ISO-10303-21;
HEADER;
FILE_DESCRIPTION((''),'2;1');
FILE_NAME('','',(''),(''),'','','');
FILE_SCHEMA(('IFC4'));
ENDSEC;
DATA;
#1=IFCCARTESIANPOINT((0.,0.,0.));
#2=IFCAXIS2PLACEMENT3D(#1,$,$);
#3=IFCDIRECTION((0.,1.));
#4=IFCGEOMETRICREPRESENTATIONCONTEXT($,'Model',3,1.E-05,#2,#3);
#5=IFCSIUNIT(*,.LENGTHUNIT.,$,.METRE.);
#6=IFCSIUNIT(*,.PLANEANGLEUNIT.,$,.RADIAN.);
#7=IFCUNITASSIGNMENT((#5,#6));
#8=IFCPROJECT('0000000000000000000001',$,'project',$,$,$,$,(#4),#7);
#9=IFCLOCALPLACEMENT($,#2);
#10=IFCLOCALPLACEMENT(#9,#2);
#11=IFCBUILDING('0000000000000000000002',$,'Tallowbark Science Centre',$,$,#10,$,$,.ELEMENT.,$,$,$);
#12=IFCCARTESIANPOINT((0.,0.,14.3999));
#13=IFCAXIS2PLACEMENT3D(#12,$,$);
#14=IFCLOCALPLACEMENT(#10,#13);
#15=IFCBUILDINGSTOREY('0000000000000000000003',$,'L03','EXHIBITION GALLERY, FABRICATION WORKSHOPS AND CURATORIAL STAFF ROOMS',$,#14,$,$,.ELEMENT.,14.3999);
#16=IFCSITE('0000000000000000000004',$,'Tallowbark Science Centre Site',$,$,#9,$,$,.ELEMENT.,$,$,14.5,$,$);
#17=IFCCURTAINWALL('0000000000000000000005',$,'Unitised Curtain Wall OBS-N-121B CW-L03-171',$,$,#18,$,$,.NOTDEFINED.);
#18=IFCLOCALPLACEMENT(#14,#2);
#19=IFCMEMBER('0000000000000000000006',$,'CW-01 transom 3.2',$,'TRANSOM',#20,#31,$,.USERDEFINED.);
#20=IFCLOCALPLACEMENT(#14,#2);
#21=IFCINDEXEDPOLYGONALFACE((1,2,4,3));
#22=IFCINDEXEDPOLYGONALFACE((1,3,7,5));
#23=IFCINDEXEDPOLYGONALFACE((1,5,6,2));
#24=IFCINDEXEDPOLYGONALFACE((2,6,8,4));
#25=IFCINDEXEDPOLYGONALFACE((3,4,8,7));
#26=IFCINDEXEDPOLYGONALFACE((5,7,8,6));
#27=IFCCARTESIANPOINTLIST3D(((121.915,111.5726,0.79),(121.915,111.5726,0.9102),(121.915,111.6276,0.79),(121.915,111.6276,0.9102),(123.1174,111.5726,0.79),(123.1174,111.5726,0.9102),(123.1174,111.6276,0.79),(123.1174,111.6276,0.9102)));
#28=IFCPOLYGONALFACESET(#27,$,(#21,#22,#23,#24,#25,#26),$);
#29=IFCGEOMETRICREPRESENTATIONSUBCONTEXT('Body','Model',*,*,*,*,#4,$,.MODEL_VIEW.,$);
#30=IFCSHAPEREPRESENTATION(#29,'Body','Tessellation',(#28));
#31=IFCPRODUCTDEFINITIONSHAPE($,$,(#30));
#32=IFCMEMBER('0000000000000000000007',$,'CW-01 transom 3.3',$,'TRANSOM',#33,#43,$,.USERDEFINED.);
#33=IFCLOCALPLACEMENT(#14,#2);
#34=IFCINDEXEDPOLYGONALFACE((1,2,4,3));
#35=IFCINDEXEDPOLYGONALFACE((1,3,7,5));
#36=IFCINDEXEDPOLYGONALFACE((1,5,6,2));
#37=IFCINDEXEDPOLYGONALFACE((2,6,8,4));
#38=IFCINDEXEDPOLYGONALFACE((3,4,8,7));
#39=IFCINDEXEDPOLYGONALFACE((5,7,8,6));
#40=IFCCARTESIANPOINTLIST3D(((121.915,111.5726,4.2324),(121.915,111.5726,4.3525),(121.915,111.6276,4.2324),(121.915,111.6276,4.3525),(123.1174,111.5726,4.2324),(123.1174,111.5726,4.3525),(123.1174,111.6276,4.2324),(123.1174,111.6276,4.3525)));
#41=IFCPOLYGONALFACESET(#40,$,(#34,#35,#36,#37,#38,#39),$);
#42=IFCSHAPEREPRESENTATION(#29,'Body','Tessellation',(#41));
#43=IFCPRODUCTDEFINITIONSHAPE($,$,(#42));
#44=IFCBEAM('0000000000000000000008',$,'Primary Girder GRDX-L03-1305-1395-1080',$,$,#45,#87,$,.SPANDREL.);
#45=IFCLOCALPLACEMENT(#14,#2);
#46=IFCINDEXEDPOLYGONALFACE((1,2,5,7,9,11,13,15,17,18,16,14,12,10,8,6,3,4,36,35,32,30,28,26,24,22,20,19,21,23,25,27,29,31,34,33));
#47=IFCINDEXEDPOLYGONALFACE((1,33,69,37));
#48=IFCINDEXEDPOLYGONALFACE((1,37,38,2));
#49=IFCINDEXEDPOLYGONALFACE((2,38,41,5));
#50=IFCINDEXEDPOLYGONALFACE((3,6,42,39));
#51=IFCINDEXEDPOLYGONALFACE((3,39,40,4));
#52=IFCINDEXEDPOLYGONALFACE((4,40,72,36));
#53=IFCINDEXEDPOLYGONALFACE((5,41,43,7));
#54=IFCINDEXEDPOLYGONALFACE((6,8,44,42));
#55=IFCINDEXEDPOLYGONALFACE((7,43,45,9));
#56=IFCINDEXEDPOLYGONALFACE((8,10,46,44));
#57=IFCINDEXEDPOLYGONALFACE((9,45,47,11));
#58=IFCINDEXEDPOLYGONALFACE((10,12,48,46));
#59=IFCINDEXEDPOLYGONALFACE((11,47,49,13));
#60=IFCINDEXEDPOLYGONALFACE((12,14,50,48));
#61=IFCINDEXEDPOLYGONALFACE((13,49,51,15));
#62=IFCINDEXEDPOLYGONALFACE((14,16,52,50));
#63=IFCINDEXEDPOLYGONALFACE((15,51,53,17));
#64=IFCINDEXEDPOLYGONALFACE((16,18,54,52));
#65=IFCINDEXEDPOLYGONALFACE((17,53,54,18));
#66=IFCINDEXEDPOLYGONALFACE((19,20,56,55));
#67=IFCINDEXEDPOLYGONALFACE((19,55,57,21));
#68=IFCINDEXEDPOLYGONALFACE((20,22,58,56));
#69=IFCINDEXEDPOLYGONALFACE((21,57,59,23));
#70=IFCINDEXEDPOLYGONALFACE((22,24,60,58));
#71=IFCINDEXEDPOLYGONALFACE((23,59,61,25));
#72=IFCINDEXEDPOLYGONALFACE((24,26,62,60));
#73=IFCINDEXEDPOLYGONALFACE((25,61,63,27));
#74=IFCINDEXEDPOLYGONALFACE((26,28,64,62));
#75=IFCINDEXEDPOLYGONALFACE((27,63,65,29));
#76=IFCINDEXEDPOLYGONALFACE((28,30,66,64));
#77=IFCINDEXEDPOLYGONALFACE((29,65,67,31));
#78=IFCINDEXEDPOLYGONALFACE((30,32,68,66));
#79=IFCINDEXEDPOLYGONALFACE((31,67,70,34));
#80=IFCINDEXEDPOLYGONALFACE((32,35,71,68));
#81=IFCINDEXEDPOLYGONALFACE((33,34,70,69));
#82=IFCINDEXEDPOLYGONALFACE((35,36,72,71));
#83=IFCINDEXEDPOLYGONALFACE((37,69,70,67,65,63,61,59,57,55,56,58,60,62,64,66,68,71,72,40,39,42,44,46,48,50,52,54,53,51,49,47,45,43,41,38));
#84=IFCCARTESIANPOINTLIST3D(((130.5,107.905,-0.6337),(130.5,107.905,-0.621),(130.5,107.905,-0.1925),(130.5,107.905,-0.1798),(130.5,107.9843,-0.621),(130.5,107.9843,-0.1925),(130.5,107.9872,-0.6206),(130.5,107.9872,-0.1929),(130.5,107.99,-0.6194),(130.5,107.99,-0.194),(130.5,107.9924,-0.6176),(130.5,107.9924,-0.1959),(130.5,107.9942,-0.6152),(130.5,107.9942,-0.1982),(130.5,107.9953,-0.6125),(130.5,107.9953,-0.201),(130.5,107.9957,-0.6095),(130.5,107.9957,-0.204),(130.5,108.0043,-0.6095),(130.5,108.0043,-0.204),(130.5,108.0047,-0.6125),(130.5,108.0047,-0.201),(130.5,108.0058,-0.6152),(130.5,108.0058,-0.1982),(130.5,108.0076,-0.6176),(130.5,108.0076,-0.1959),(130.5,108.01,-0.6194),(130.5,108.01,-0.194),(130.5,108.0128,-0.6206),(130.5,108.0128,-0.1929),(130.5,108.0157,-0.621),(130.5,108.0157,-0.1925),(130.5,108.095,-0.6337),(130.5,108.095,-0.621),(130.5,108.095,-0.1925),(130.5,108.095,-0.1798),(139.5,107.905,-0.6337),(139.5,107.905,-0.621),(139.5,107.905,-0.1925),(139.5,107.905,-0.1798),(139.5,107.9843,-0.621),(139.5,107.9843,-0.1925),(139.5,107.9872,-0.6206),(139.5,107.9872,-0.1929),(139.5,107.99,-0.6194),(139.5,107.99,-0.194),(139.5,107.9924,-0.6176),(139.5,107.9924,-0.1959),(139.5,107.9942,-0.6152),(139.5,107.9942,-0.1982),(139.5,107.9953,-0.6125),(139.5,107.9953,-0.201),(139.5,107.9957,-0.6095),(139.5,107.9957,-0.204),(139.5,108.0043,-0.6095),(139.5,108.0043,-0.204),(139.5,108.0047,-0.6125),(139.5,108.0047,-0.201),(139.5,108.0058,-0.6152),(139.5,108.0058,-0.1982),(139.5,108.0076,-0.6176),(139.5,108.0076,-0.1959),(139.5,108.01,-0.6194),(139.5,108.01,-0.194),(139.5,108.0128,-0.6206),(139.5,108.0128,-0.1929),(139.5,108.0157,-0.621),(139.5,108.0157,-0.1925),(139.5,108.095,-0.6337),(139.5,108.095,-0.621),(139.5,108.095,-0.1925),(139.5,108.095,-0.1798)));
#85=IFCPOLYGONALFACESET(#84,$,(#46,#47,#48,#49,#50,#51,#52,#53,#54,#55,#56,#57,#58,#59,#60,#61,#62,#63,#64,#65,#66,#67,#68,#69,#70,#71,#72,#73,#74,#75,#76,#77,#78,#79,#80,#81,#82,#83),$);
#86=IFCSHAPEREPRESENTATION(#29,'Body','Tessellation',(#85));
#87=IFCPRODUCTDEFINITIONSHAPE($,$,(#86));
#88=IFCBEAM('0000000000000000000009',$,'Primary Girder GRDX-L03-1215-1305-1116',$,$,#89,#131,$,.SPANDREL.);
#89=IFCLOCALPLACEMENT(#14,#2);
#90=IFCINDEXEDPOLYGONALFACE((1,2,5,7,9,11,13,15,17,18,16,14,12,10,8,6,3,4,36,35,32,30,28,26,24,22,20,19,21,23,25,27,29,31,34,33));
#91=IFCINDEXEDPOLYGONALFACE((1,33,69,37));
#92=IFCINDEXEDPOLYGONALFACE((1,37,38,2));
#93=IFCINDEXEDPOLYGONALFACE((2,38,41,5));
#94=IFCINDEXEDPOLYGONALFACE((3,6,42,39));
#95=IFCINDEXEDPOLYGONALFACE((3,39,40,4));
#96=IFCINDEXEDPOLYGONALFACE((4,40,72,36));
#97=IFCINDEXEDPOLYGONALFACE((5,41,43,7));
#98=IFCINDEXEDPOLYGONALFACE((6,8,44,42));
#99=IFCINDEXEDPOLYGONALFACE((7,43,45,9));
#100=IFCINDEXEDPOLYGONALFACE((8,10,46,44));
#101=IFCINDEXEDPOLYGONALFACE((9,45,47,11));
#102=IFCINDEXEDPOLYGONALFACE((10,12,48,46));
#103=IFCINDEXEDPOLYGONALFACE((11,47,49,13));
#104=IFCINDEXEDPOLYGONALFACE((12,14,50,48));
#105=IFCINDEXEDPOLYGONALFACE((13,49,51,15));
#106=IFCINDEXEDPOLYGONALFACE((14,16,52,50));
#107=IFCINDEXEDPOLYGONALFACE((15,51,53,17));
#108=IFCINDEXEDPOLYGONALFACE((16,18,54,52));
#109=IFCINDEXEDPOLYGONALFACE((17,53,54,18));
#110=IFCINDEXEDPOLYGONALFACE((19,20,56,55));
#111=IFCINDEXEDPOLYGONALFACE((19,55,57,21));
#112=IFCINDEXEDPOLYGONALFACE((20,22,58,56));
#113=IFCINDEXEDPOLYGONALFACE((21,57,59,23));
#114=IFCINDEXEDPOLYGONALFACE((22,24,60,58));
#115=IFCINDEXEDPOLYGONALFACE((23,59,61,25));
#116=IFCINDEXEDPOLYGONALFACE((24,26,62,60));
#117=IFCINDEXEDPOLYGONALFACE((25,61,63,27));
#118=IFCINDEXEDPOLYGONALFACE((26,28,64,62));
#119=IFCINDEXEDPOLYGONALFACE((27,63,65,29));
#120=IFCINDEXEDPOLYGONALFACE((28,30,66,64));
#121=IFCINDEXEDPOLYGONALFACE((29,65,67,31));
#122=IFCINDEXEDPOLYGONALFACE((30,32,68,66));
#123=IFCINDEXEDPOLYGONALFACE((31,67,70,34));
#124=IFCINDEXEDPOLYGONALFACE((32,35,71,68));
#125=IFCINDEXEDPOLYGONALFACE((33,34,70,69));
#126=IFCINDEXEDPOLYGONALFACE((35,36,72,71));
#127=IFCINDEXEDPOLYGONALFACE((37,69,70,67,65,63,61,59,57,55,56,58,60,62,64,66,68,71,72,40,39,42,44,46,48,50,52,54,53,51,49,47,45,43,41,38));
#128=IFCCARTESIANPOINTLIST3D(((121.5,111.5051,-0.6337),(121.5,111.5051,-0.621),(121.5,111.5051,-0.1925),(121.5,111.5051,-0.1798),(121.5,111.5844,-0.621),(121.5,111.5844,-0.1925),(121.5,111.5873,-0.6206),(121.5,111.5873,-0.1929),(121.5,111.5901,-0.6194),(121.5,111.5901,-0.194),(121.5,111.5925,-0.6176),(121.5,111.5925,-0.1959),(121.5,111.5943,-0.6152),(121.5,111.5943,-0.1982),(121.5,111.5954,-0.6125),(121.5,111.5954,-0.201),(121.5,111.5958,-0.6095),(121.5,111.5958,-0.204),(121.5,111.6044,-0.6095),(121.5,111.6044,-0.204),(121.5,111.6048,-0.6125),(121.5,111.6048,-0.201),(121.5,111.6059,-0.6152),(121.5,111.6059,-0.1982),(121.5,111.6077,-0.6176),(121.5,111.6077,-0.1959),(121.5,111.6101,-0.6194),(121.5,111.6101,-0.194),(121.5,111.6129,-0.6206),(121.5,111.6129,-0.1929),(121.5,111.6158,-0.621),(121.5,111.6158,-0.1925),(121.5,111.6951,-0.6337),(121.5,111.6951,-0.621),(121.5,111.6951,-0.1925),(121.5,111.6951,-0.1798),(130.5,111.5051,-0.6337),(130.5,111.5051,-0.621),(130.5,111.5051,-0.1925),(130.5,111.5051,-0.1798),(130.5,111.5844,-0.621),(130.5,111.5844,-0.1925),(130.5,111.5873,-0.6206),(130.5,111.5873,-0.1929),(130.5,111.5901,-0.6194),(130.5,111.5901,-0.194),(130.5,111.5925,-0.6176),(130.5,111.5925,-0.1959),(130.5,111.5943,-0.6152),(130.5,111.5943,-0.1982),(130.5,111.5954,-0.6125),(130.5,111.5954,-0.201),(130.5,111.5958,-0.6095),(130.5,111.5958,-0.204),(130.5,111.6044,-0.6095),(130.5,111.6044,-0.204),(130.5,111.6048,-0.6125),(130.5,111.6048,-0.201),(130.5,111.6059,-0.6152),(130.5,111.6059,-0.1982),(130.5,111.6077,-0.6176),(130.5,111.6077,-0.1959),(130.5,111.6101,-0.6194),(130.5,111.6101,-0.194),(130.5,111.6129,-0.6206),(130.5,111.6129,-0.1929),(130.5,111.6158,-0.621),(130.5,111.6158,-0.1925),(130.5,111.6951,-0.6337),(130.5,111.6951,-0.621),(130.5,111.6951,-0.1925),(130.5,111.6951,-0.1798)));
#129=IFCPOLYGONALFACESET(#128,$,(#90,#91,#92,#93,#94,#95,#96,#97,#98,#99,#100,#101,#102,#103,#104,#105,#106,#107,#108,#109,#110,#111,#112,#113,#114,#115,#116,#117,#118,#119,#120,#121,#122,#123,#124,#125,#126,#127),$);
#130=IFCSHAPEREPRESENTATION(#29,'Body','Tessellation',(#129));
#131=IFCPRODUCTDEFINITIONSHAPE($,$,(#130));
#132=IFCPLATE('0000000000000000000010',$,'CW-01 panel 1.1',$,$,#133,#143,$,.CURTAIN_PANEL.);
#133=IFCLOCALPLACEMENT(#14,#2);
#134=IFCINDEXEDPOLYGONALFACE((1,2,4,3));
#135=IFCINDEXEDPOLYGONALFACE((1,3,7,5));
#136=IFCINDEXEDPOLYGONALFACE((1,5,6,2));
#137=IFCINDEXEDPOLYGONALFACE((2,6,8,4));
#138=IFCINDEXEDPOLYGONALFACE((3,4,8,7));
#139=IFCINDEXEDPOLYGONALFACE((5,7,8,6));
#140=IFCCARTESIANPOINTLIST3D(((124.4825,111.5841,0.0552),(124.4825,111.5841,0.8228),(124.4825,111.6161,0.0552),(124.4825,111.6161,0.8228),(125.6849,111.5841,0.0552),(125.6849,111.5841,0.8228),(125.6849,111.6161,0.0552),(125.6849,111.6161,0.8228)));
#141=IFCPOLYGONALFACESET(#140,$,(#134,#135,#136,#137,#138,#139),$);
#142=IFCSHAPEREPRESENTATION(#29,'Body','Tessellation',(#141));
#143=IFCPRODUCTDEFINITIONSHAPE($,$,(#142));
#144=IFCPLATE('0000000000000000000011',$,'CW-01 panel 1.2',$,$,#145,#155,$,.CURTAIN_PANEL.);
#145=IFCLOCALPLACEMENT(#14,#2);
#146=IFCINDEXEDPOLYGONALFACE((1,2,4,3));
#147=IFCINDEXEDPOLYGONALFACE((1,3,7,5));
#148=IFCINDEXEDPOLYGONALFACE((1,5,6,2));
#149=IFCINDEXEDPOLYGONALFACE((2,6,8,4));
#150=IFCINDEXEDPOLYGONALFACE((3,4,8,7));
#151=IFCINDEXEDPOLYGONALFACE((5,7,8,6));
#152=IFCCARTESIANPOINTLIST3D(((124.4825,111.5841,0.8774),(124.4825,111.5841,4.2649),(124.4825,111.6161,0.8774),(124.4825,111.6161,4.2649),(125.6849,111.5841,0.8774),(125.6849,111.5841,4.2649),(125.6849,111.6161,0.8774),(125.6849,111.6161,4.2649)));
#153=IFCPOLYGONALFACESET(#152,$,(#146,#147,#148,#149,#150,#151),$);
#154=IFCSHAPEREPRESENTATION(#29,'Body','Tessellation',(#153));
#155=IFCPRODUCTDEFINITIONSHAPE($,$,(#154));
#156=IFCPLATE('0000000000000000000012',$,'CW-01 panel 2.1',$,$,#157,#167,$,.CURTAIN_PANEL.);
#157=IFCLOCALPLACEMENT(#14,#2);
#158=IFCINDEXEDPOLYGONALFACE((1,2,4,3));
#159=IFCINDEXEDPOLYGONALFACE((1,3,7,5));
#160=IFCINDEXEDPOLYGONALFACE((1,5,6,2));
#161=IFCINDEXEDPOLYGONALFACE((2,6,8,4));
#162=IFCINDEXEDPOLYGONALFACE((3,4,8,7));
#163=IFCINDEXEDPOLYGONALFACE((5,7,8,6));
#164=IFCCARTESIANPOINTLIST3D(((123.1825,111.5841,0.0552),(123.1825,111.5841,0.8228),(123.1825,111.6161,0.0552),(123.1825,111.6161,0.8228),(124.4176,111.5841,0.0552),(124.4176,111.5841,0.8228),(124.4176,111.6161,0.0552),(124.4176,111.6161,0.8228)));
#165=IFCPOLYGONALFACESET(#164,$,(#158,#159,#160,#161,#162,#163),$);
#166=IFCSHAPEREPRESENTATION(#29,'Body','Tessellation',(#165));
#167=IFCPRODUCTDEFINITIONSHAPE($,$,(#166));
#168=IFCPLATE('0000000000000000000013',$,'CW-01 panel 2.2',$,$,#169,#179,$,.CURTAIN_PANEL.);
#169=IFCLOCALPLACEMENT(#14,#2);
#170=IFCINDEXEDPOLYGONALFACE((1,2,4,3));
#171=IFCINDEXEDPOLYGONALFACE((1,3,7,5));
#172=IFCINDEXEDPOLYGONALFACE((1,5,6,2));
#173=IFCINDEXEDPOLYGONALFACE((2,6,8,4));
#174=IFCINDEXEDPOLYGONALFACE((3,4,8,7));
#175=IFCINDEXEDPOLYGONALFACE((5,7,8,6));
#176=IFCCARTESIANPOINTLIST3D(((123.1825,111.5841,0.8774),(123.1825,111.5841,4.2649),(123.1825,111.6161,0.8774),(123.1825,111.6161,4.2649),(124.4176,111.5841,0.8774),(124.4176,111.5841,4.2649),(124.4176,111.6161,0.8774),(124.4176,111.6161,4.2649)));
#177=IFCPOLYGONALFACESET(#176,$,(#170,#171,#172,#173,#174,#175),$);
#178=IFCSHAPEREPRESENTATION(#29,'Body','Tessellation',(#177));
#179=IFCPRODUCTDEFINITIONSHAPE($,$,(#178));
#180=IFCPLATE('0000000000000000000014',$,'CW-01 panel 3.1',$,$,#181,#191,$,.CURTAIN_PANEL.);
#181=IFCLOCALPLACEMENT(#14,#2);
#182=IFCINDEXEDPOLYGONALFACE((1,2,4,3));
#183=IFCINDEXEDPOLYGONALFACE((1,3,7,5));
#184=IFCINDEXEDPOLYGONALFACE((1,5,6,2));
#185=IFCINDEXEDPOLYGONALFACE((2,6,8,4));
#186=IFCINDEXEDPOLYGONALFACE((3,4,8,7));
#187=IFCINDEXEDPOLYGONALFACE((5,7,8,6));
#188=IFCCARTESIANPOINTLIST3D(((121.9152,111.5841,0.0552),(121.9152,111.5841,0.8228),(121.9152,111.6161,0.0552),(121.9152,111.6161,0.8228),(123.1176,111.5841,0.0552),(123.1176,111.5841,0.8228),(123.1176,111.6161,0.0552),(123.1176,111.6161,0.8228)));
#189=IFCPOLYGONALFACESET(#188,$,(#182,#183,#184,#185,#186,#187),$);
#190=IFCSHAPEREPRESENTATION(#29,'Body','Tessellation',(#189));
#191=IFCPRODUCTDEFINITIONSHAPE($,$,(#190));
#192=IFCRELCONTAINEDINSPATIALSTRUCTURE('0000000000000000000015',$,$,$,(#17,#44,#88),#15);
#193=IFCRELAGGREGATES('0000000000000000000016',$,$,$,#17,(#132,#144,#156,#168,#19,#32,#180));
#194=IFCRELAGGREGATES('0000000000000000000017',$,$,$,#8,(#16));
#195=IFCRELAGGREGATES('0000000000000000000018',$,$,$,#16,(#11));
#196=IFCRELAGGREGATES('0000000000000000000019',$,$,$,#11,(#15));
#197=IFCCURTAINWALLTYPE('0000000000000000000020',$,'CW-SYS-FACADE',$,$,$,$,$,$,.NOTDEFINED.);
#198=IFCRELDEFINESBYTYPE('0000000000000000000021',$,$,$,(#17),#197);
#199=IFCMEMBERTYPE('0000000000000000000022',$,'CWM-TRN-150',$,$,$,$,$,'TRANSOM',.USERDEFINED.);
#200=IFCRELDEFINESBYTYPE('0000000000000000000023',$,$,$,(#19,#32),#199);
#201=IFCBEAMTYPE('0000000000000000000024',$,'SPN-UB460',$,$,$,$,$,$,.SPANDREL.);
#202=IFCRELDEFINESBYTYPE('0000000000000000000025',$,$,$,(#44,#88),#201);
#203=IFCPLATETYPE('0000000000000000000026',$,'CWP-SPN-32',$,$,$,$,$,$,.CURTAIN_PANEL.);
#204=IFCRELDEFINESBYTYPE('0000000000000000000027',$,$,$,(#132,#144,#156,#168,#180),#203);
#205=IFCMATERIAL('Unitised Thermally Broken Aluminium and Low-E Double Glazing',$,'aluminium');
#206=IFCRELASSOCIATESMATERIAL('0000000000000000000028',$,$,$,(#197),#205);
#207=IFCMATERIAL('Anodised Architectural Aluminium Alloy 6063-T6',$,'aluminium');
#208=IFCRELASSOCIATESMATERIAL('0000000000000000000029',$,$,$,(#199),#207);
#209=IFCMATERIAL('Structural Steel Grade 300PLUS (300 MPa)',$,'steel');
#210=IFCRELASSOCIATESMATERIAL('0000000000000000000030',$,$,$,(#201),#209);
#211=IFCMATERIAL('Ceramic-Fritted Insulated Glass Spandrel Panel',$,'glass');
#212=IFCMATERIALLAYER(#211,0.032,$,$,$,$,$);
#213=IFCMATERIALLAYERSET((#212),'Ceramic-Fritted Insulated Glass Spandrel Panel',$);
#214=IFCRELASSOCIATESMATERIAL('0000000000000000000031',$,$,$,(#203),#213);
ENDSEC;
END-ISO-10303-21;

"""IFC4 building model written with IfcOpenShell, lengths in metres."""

from ifc_helpers import new_model, si_unit, direction, frame, origin, origin_2d, place, context, subcontext, project, spatial, rectangle, i_section, extrude, material, layer, layer_set, material_profile, profile_set, type_object, element, aggregate, save


model = new_model("IFC4")

# Units and contexts
model_context = context("Model", 3, precision=1e-05, world=origin(), true_north=direction((0.0, 1.0)))
body_context = subcontext(model_context, "Body", "Model", "MODEL_VIEW")
ifc_project = project(units=[si_unit("LENGTHUNIT", "METRE"), si_unit("PLANEANGLEUNIT", "RADIAN")], contexts=[model_context])

# Site, building, storey
site_placement = place(None, origin())
site = spatial("IfcSite", under=ifc_project, at=site_placement, Name="Tallowbark Science Centre Site", CompositionType="ELEMENT", RefElevation=14.5)
building_placement = place(site_placement, origin())
building = spatial("IfcBuilding", under=site, at=building_placement, Name="Tallowbark Science Centre", CompositionType="ELEMENT")
storey_placement = place(building_placement, frame((0.0, 0.0, 14.3999)))
storey = spatial("IfcBuildingStorey", under=building, at=storey_placement, Name="L03", Description="EXHIBITION GALLERY, FABRICATION WORKSHOPS AND CURATORIAL STAFF ROOMS", CompositionType="ELEMENT", Elevation=14.3999)

# Shared definitions
ifc_material_1 = material(Name="Structural Steel Grade 300PLUS (300 MPa)", Category="steel")

# Curtain wall, members
ifc_material_2 = material(Name="Unitised Thermally Broken Aluminium and Low-E Double Glazing", Category="aluminium")
curtain_wall_type = type_object("IfcCurtainWallType", Name="CW-SYS-FACADE", PredefinedType="NOTDEFINED", material=ifc_material_2)
curtain_wall_placement = place(storey_placement, origin())
curtain_wall = element("IfcCurtainWall", 1, at=curtain_wall_placement, inside=storey, type_object=curtain_wall_type, Name="Unitised Curtain Wall OBS-N-121B CW-L03-171", PredefinedType="NOTDEFINED")
ifc_material_3 = material(Name="Anodised Architectural Aluminium Alloy 6063-T6", Category="aluminium")
ifc_material_profile_1 = material_profile(ifc_material_3, rectangle(XDim=0.0549, YDim=0.1201, at=origin_2d()), Name="ALU55x120")
ifc_profile_set_1 = profile_set([ifc_material_profile_1], Name="Anodised Architectural Aluminium Alloy 6063-T6")
member_type_1 = type_object("IfcMemberType", Name="CWM-TRN-150", ElementType="TRANSOM", PredefinedType="USERDEFINED", material=ifc_profile_set_1)
member_1_placement = place(storey_placement, frame((123.1174, 111.6001, 0.8501), z_axis=(-1.0, 0.0, 0.0), x_axis=(0.0, -1.0, 0.0)))
member_1 = element("IfcMember", 2, at=member_1_placement, type_object=member_type_1, Name="CW-01 transom 3.2", ObjectType="TRANSOM", PredefinedType="USERDEFINED", context=body_context, shape_type="SweptSolid", body=[
    extrude(rectangle(XDim=0.0549, YDim=0.1201, at=origin_2d()), origin(), (0.0, 0.0, 1.0), 1.2024),
])
member_2_placement = place(storey_placement, frame((123.1174, 111.6001, 4.2925), z_axis=(-1.0, 0.0, 0.0), x_axis=(0.0, -1.0, 0.0)))
member_2 = element("IfcMember", 3, at=member_2_placement, type_object=member_type_1, Name="CW-01 transom 3.3", ObjectType="TRANSOM", PredefinedType="USERDEFINED", context=body_context, shape_type="SweptSolid", body=[
    extrude(rectangle(XDim=0.0549, YDim=0.1201, at=origin_2d()), origin(), (0.0, 0.0, 1.0), 1.2024),
])

# Beams
ifc_material_profile_2 = material_profile(ifc_material_1, i_section(OverallWidth=0.1899, OverallDepth=0.4539, WebThickness=0.0085, FlangeThickness=0.0127, FilletRadius=0.0115, at=origin_2d()), Name="460UB67.1")
ifc_profile_set_2 = profile_set([ifc_material_profile_2], Name="Structural Steel Grade 300PLUS (300 MPa)")
beam_type_1 = type_object("IfcBeamType", Name="SPN-UB460", PredefinedType="SPANDREL", material=ifc_profile_set_2)
for number, where, z_axis, x_axis, name in (
    (4, (130.5, 108.0, -0.4067), (1.0, 0.0, 0.0), (0.0, 1.0, 0.0), "Primary Girder GRDX-L03-1305-1395-1080"),
    (5, (121.5, 111.6001, -0.4067), (1.0, 0.0, 0.0), (0.0, 1.0, 0.0), "Primary Girder GRDX-L03-1215-1305-1116"),
):
    element("IfcBeam", number, at=place(storey_placement, frame(where, z_axis=z_axis, x_axis=x_axis)), inside=storey, type_object=beam_type_1, Name=name, PredefinedType="SPANDREL", context=body_context, shape_type="SweptSolid", body=[
        extrude(i_section(OverallWidth=0.1899, OverallDepth=0.4539, WebThickness=0.0085, FlangeThickness=0.0127, FilletRadius=0.0115, at=origin_2d()), origin(), (0.0, 0.0, 1.0), 9.0),
    ])

# Plates
ifc_material_4 = material(Name="Ceramic-Fritted Insulated Glass Spandrel Panel", Category="glass")
ifc_layer_1 = layer(ifc_material_4, 0.032)
ifc_layer_set_1 = layer_set([ifc_layer_1], Name="Ceramic-Fritted Insulated Glass Spandrel Panel")
plate_type = type_object("IfcPlateType", Name="CWP-SPN-32", PredefinedType="CURTAIN_PANEL", material=ifc_layer_set_1)
plate_1_placement = place(storey_placement, frame((125.0837, 111.6001, 0.0552), z_axis=(0.0, 0.0, 1.0), x_axis=(-1.0, 0.0, 0.0)))
plate_1 = element("IfcPlate", 6, at=plate_1_placement, type_object=plate_type, Name="CW-01 panel 1.1", PredefinedType="CURTAIN_PANEL", context=body_context, shape_type="SweptSolid", body=[
    extrude(rectangle(XDim=1.2024, YDim=0.032, at=origin_2d()), origin(), (0.0, 0.0, 1.0), 0.7676),
])
plate_2_placement = place(storey_placement, frame((125.0837, 111.6001, 0.8774), z_axis=(0.0, 0.0, 1.0), x_axis=(-1.0, 0.0, 0.0)))
plate_2 = element("IfcPlate", 7, at=plate_2_placement, type_object=plate_type, Name="CW-01 panel 1.2", PredefinedType="CURTAIN_PANEL", context=body_context, shape_type="SweptSolid", body=[
    extrude(rectangle(XDim=1.2024, YDim=0.032, at=origin_2d()), origin(), (0.0, 0.0, 1.0), 3.3875),
])
plate_3_placement = place(storey_placement, frame((123.8, 111.6001, 0.0552), z_axis=(0.0, 0.0, 1.0), x_axis=(-1.0, 0.0, 0.0)))
plate_3 = element("IfcPlate", 8, at=plate_3_placement, type_object=plate_type, Name="CW-01 panel 2.1", PredefinedType="CURTAIN_PANEL", context=body_context, shape_type="SweptSolid", body=[
    extrude(rectangle(XDim=1.2351, YDim=0.032, at=origin_2d()), origin(), (0.0, 0.0, 1.0), 0.7676),
])
plate_4_placement = place(storey_placement, frame((123.8, 111.6001, 0.8774), z_axis=(0.0, 0.0, 1.0), x_axis=(-1.0, 0.0, 0.0)))
plate_4 = element("IfcPlate", 9, at=plate_4_placement, type_object=plate_type, Name="CW-01 panel 2.2", PredefinedType="CURTAIN_PANEL", context=body_context, shape_type="SweptSolid", body=[
    extrude(rectangle(XDim=1.2351, YDim=0.032, at=origin_2d()), origin(), (0.0, 0.0, 1.0), 3.3875),
])
plate_5_placement = place(storey_placement, frame((122.5164, 111.6001, 0.0552), z_axis=(0.0, 0.0, 1.0), x_axis=(-1.0, 0.0, 0.0)))
plate_5 = element("IfcPlate", 10, at=plate_5_placement, type_object=plate_type, Name="CW-01 panel 3.1", PredefinedType="CURTAIN_PANEL", context=body_context, shape_type="SweptSolid", body=[
    extrude(rectangle(XDim=1.2024, YDim=0.032, at=origin_2d()), origin(), (0.0, 0.0, 1.0), 0.7676),
])
aggregate(curtain_wall, [plate_1, plate_2, plate_3, plate_4, member_1, member_2, plate_5])

save(model, "model.ifc")
